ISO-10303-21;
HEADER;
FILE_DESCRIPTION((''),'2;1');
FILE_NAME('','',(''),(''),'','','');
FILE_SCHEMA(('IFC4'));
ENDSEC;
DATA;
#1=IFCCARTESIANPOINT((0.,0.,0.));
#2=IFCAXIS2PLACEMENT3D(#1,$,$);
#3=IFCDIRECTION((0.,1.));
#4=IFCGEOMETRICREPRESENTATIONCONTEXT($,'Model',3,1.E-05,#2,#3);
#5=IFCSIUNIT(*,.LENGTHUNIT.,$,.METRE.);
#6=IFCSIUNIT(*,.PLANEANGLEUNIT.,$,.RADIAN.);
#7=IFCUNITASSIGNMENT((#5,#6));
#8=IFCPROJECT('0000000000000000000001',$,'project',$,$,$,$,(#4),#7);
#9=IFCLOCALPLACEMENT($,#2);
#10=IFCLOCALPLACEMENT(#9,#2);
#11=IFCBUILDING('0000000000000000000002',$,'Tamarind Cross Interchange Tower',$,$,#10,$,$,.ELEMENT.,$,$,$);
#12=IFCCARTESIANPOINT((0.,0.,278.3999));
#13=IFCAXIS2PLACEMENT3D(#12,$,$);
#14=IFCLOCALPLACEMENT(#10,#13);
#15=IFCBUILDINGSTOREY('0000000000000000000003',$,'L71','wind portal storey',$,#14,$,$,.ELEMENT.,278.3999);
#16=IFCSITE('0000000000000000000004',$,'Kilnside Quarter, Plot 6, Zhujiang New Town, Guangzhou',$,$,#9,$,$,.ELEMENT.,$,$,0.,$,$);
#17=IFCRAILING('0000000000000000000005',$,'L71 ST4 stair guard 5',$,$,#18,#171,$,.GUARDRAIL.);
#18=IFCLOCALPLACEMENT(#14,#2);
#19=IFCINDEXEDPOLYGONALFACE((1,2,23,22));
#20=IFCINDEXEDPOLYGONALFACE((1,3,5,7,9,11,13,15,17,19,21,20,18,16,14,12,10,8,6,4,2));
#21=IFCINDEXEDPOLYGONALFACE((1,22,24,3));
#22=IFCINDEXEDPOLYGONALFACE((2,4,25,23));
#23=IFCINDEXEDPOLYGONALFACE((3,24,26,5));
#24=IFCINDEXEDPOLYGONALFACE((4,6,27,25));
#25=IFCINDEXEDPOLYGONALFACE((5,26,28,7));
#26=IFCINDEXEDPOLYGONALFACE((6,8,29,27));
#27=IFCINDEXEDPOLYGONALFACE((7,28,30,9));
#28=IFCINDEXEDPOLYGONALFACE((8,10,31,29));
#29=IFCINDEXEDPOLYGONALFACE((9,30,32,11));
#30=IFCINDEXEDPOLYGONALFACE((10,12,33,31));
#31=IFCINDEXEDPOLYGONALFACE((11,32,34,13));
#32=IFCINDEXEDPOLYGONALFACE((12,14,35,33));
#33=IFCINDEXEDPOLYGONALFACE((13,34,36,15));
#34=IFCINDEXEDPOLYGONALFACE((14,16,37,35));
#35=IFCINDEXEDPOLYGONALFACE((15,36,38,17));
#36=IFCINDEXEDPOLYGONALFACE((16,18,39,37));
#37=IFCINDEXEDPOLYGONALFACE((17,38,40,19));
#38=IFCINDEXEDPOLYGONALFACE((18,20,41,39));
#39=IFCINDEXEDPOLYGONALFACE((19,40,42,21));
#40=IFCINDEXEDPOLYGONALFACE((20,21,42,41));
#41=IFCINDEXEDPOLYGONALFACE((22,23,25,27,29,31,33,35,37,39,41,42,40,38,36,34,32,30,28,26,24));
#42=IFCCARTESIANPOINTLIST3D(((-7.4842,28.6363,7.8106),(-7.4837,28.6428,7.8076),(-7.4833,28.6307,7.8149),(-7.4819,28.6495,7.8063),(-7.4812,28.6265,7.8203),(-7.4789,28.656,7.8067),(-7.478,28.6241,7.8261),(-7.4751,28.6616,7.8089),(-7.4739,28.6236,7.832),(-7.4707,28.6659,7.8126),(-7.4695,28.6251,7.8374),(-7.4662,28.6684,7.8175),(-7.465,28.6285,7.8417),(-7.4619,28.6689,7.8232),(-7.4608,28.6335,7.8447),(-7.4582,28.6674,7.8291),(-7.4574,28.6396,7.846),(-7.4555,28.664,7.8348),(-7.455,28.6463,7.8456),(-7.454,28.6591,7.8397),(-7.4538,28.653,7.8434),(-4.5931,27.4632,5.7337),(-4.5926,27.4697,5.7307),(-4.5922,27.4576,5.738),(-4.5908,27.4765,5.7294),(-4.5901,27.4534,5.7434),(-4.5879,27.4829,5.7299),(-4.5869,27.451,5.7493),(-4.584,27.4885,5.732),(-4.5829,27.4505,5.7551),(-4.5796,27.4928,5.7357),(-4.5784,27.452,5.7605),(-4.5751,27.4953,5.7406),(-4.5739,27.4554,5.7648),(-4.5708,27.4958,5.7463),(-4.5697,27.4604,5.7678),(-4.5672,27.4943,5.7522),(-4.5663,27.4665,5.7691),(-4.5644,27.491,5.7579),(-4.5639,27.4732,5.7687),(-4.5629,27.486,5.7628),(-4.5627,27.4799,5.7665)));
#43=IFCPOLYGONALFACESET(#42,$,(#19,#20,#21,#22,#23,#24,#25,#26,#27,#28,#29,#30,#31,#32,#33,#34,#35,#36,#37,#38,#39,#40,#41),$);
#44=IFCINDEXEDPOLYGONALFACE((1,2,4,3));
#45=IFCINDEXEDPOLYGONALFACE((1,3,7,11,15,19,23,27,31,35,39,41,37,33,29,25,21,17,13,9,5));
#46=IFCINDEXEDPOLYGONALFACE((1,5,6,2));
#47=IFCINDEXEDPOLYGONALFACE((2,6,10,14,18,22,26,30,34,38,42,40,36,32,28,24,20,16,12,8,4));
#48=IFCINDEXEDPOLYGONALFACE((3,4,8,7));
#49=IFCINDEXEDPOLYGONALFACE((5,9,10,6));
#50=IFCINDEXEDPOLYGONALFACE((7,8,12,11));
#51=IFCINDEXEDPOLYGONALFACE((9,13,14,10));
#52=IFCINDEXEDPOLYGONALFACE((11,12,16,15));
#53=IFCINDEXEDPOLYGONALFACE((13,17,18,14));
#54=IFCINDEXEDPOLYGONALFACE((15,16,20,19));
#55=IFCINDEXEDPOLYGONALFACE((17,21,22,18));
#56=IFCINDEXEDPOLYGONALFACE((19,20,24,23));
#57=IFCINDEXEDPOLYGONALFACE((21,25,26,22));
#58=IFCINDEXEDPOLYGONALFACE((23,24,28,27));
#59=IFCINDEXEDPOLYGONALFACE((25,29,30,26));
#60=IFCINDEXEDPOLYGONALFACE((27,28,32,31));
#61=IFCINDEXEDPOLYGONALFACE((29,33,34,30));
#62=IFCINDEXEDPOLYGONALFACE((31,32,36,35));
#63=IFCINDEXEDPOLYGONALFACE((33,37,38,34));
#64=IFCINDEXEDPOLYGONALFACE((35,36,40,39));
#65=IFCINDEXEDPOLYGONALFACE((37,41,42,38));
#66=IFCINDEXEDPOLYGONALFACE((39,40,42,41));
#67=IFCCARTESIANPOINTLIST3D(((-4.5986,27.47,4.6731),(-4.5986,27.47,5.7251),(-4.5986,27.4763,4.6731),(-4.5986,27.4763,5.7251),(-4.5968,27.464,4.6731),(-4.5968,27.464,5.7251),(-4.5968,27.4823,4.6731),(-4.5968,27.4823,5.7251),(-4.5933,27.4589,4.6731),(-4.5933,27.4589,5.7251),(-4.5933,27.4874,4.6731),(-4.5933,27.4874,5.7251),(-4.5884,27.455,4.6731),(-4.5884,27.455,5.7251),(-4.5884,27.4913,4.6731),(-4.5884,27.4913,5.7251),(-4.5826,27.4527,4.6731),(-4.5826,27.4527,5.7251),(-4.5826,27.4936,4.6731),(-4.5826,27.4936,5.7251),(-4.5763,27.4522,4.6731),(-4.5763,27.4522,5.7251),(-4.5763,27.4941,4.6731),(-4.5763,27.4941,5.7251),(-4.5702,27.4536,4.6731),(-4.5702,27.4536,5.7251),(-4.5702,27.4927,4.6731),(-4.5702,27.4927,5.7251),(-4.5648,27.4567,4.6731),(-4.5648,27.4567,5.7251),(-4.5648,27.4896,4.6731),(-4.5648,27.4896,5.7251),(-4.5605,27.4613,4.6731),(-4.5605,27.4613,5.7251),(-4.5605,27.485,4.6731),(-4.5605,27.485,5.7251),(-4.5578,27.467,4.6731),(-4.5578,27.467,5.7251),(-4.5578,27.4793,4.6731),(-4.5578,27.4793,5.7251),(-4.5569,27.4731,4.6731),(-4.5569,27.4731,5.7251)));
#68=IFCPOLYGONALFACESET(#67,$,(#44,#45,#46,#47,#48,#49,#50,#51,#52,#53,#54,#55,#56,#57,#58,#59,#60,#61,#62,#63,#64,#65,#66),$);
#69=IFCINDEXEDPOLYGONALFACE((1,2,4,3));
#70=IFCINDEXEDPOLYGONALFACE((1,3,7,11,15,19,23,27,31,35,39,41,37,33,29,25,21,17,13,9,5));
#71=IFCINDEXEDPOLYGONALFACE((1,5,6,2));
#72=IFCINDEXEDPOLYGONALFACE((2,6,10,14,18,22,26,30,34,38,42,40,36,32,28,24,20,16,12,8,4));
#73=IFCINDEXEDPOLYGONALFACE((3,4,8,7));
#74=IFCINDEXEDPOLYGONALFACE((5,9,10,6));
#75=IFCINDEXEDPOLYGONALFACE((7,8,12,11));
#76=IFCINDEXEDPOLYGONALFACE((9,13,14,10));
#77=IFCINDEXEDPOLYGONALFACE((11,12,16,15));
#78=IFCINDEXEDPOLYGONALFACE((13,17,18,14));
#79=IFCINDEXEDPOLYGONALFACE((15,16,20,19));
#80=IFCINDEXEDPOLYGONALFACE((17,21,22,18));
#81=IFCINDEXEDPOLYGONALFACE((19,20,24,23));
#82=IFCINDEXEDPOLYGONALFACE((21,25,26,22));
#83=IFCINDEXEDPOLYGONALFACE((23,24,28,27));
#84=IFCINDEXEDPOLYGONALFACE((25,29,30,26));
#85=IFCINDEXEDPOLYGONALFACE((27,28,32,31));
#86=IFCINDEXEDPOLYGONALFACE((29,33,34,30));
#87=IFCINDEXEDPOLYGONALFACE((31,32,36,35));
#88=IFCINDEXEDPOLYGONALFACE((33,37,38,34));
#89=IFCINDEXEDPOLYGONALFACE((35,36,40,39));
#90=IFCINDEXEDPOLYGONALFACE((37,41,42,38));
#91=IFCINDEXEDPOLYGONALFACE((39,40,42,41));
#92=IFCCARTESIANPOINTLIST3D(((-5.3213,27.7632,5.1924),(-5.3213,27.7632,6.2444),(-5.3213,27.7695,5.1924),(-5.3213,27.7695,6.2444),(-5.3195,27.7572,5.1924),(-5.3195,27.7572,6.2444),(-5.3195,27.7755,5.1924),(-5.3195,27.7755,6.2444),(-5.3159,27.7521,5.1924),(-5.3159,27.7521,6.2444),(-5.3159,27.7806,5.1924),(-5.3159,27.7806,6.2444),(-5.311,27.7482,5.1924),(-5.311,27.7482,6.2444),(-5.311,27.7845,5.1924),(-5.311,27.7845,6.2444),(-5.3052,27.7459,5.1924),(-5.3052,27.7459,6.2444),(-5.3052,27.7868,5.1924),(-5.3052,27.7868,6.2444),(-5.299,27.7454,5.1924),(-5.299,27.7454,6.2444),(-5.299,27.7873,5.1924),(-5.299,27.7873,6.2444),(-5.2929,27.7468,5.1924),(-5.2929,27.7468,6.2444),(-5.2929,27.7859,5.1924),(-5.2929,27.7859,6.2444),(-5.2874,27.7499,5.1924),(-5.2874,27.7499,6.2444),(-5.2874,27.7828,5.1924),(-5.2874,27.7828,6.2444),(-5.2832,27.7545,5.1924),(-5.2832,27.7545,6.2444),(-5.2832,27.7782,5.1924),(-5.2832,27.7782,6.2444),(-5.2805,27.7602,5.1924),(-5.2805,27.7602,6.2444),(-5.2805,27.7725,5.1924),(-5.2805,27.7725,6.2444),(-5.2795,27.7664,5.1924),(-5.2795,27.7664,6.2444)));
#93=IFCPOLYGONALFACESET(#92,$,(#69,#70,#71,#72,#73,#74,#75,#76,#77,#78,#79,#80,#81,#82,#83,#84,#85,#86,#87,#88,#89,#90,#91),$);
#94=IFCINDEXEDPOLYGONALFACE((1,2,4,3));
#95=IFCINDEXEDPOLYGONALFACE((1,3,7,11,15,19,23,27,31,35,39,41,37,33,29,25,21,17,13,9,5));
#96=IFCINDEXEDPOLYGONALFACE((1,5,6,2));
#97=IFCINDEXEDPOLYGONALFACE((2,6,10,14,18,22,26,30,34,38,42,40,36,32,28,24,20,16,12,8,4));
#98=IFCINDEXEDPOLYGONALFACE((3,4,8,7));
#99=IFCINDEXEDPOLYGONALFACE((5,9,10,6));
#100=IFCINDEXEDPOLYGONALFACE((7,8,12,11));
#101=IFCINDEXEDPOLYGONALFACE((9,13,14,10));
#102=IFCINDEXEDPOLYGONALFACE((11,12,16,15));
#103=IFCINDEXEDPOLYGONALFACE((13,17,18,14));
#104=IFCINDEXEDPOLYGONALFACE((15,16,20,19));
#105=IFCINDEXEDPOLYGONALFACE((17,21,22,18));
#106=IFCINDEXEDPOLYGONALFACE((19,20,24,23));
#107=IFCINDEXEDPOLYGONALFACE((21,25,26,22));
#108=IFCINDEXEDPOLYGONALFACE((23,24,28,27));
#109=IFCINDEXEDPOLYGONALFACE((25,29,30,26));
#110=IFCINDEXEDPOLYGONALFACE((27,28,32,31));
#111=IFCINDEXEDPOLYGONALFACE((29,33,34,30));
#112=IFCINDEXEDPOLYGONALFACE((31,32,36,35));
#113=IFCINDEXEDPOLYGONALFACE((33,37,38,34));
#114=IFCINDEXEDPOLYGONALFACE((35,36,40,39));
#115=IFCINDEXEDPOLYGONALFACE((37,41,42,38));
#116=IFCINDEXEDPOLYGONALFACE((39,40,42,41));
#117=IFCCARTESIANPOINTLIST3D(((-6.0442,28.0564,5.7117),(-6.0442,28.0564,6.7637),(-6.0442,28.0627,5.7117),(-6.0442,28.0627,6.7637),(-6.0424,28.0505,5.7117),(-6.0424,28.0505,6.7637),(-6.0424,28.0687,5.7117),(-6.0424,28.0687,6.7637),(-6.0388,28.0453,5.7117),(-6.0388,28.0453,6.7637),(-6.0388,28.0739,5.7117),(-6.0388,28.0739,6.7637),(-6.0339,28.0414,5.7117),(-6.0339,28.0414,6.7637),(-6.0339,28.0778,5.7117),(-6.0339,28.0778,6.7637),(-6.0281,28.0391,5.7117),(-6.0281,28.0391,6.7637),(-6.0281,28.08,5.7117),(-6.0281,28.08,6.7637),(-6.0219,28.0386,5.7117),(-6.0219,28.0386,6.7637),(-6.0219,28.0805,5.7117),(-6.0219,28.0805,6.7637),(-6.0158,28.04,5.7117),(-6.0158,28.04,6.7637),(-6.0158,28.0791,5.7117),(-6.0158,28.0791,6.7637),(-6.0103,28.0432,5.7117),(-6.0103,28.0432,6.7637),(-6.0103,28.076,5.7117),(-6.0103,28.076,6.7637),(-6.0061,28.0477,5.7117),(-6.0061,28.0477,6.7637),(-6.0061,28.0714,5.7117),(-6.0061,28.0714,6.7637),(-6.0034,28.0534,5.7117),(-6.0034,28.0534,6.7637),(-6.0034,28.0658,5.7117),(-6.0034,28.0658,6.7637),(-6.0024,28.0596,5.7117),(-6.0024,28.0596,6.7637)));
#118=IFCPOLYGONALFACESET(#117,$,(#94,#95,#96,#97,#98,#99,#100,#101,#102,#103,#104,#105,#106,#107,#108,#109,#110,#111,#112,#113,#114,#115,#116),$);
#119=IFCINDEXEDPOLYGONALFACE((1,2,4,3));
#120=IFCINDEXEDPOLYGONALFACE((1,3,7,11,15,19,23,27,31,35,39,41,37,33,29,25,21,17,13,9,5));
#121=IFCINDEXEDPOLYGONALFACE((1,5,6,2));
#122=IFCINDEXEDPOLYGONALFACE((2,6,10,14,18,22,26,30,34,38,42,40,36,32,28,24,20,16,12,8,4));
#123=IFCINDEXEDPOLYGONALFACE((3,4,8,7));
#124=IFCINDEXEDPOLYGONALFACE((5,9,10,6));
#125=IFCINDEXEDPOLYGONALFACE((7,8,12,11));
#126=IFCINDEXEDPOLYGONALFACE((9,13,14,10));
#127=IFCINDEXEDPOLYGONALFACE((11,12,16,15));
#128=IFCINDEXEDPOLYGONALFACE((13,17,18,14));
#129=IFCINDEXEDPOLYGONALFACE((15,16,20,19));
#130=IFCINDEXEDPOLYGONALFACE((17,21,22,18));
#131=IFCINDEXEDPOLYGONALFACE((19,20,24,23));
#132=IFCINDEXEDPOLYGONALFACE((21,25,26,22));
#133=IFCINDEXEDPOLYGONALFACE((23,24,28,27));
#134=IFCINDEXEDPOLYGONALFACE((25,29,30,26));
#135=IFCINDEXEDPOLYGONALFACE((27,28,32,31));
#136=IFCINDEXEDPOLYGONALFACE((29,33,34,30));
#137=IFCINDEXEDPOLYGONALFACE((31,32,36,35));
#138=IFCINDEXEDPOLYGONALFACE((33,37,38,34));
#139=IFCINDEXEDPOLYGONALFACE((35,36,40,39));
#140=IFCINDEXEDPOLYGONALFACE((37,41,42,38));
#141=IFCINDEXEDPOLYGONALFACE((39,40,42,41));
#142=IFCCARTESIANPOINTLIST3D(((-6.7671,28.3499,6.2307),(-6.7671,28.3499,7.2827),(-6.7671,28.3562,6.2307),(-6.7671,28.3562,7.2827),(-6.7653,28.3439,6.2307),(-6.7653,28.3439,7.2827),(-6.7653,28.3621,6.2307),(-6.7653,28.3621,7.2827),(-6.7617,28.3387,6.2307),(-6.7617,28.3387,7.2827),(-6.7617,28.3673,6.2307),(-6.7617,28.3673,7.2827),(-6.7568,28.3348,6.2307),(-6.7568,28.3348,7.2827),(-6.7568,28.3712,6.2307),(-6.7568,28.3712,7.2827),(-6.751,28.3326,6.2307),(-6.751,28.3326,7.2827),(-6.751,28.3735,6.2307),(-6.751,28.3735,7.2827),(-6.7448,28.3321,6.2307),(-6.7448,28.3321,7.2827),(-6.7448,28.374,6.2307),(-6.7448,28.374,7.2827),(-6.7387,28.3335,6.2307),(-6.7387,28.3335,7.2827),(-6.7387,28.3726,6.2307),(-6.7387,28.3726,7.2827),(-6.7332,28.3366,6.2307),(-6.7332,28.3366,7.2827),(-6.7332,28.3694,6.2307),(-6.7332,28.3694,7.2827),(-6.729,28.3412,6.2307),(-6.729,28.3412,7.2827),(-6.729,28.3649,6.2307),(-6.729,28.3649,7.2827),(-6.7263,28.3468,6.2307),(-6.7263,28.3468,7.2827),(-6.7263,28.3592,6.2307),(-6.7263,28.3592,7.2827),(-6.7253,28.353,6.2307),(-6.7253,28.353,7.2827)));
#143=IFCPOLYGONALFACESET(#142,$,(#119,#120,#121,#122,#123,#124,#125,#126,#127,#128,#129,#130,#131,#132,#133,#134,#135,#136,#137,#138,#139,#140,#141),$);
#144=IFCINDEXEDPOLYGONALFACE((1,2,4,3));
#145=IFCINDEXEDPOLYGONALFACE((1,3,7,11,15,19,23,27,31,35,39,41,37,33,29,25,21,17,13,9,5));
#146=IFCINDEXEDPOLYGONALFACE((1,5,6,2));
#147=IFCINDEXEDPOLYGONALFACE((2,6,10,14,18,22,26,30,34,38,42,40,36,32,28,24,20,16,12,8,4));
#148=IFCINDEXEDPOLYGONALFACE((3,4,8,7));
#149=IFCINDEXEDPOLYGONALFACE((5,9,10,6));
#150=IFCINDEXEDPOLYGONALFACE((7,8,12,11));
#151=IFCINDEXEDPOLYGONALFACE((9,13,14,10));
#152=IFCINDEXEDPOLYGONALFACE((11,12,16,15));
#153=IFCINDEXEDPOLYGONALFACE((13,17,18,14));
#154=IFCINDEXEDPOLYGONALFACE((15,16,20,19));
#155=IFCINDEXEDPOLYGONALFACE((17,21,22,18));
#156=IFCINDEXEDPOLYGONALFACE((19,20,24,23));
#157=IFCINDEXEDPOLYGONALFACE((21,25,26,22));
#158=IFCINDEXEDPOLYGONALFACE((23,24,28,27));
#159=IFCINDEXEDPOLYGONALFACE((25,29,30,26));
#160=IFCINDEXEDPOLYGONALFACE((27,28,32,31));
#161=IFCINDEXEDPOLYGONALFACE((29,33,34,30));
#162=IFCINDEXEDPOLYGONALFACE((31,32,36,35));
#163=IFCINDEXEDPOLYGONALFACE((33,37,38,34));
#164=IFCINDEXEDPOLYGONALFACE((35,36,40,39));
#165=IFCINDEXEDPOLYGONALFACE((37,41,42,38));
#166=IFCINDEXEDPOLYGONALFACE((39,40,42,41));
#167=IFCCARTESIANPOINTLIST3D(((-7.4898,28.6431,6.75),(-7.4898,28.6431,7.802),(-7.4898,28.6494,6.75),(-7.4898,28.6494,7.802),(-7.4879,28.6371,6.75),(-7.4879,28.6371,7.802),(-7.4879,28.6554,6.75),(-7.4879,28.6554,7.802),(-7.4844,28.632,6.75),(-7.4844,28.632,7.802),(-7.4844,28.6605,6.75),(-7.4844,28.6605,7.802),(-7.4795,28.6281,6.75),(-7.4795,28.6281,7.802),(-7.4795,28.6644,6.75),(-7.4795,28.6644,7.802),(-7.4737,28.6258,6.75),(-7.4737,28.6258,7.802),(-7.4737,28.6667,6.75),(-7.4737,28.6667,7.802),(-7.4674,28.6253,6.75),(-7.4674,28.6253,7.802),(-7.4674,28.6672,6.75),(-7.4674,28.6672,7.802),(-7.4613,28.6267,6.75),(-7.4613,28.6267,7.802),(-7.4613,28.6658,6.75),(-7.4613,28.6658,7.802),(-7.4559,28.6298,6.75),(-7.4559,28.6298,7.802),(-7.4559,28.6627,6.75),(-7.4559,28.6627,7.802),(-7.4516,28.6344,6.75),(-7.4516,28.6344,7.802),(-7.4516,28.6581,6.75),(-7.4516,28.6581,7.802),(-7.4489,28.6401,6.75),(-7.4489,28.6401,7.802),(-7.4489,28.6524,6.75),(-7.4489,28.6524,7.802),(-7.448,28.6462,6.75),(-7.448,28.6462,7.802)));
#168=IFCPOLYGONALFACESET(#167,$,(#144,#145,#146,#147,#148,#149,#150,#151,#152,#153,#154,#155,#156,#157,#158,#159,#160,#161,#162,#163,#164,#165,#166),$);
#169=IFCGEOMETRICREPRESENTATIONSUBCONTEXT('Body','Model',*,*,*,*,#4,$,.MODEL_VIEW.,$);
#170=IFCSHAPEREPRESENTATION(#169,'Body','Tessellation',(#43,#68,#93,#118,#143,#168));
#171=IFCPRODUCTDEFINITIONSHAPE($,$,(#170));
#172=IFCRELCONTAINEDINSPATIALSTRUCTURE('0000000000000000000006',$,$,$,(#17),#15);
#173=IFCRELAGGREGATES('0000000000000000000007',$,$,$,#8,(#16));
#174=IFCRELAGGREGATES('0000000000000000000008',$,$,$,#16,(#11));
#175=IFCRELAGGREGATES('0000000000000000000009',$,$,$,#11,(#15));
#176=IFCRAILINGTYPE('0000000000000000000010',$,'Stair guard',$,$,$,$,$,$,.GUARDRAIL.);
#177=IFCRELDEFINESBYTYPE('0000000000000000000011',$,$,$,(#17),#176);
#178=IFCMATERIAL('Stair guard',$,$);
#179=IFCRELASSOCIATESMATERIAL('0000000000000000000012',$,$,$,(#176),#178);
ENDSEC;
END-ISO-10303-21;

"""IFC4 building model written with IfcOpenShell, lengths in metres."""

from ifc_helpers import new_model, si_unit, direction, frame, origin, origin_2d, place, context, subcontext, project, spatial, circle, extrude, material, type_object, element, save


model = new_model("IFC4")

# Units and contexts
model_context = context("Model", 3, precision=1e-05, world=origin(), true_north=direction((0.0, 1.0)))
body_context = subcontext(model_context, "Body", "Model", "MODEL_VIEW")
ifc_project = project(units=[si_unit("LENGTHUNIT", "METRE"), si_unit("PLANEANGLEUNIT", "RADIAN")], contexts=[model_context])

# Site, building, storey
site_placement = place(None, origin())
site = spatial("IfcSite", under=ifc_project, at=site_placement, Name="Kilnside Quarter, Plot 6, Zhujiang New Town, Guangzhou", CompositionType="ELEMENT", RefElevation=0.0)
building_placement = place(site_placement, origin())
building = spatial("IfcBuilding", under=site, at=building_placement, Name="Tamarind Cross Interchange Tower", CompositionType="ELEMENT")
storey_placement = place(building_placement, frame((0.0, 0.0, 278.3999)))
storey = spatial("IfcBuildingStorey", under=building, at=storey_placement, Name="L71", Description="wind portal storey", CompositionType="ELEMENT", Elevation=278.3999)

# Railing
ifc_material_1 = material(Name="Stair guard")
railing_type_1 = type_object("IfcRailingType", Name="Stair guard", PredefinedType="GUARDRAIL", material=ifc_material_1)
railing_1_placement = place(storey_placement, frame((-4.5779, 27.4731, 4.6731)))
element("IfcRailing", 1, at=railing_1_placement, inside=storey, type_object=railing_type_1, Name="L71 ST4 stair guard 5", PredefinedType="GUARDRAIL", context=body_context, shape_type="SweptSolid", body=[
    extrude(circle(Radius=0.0239, at=origin_2d()), frame((0.0, 0.0, 1.0762), z_axis=(-0.771355, 0.312984, 0.554123), x_axis=(-0.375987, -0.926625, 0.0)), (0.0, 0.0, 1.0), 3.748),
    extrude(circle(Radius=0.021, at=origin_2d()), origin(), (0.0, 0.0, 1.0), 1.052),
    extrude(circle(Radius=0.021, at=origin_2d()), frame((-0.7227, 0.2932, 0.5193)), (0.0, 0.0, 1.0), 1.052),
    extrude(circle(Radius=0.021, at=origin_2d()), frame((-1.4456, 0.5864, 1.0386)), (0.0, 0.0, 1.0), 1.052),
    extrude(circle(Radius=0.021, at=origin_2d()), frame((-2.1685, 0.8799, 1.5576)), (0.0, 0.0, 1.0), 1.052),
    extrude(circle(Radius=0.021, at=origin_2d()), frame((-2.8911, 1.1731, 2.0769)), (0.0, 0.0, 1.0), 1.052),
])

save(model, "model.ifc")
